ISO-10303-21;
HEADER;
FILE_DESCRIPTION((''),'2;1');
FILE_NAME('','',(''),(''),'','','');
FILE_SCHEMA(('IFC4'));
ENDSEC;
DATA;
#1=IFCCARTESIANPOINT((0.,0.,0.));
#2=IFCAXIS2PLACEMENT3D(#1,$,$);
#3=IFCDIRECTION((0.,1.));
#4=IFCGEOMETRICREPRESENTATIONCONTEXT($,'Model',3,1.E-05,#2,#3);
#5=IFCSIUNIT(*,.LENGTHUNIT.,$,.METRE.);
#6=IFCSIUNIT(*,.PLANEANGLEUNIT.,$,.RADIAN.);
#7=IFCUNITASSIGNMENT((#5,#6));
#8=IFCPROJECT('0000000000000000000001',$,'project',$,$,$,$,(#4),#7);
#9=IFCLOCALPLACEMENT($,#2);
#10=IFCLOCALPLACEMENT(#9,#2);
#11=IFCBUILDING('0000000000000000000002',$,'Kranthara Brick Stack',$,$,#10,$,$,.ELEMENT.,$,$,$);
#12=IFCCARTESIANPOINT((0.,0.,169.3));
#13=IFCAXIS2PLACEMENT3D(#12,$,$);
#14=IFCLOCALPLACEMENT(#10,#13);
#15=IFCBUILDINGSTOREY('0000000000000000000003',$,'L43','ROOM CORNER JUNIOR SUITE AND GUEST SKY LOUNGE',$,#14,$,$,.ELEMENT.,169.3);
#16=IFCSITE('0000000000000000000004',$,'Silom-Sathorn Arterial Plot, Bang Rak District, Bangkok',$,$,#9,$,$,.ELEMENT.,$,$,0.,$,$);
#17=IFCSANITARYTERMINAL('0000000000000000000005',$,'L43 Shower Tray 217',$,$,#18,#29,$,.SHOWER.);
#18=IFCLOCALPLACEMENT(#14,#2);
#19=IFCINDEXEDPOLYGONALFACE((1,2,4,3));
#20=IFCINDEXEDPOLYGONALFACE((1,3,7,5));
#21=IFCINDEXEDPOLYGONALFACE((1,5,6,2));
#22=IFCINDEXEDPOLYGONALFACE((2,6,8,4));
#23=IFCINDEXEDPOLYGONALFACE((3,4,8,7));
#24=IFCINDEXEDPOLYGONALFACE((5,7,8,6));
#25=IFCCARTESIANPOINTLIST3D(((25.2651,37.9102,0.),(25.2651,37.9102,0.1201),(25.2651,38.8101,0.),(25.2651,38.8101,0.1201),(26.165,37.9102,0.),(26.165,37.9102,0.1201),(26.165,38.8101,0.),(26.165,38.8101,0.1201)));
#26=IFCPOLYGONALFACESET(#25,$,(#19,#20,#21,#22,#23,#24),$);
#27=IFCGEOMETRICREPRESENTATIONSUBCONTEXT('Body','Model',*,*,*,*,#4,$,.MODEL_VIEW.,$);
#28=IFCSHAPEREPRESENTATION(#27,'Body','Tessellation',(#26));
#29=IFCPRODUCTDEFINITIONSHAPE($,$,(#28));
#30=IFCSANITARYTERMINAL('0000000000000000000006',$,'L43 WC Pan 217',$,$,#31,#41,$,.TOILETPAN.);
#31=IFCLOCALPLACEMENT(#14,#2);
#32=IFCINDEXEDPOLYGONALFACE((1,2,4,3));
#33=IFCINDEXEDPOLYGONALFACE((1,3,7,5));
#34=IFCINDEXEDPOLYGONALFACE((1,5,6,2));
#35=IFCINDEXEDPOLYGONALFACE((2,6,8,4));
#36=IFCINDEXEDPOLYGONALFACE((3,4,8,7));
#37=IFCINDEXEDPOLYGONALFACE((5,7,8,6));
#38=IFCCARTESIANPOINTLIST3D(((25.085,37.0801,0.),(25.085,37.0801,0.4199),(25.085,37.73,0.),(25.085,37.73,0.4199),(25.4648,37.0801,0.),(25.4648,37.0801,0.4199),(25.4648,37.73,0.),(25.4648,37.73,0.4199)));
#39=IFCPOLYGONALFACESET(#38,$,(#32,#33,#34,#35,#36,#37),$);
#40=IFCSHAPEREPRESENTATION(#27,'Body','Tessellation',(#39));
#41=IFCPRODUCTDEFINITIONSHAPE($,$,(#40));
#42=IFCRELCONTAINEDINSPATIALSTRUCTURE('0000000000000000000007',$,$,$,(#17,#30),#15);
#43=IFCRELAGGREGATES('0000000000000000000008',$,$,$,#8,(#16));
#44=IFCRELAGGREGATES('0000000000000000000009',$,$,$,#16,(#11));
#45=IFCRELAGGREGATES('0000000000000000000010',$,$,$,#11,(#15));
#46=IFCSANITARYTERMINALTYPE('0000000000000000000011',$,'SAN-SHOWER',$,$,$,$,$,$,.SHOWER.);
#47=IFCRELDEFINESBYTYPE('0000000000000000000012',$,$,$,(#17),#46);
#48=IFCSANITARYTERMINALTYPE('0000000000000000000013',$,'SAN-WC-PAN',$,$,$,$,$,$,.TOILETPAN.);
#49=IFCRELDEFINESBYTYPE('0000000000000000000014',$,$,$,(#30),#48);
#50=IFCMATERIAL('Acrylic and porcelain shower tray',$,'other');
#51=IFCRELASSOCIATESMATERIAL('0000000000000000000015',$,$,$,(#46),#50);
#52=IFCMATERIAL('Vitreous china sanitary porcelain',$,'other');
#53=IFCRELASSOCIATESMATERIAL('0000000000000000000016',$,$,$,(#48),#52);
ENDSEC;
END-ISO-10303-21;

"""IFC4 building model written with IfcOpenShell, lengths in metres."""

from ifc_helpers import new_model, si_unit, direction, frame, origin, origin_2d, place, context, subcontext, project, spatial, rectangle, extrude, material, type_object, element, save


model = new_model("IFC4")

# Units and contexts
model_context = context("Model", 3, precision=1e-05, world=origin(), true_north=direction((0.0, 1.0)))
body_context = subcontext(model_context, "Body", "Model", "MODEL_VIEW")
ifc_project = project(units=[si_unit("LENGTHUNIT", "METRE"), si_unit("PLANEANGLEUNIT", "RADIAN")], contexts=[model_context])

# Site, building, storey
site_placement = place(None, origin())
site = spatial("IfcSite", under=ifc_project, at=site_placement, Name="Silom-Sathorn Arterial Plot, Bang Rak District, Bangkok", CompositionType="ELEMENT", RefElevation=0.0)
building_placement = place(site_placement, origin())
building = spatial("IfcBuilding", under=site, at=building_placement, Name="Kranthara Brick Stack", CompositionType="ELEMENT")
storey_placement = place(building_placement, frame((0.0, 0.0, 169.3)))
storey = spatial("IfcBuildingStorey", under=building, at=storey_placement, Name="L43", Description="ROOM CORNER JUNIOR SUITE AND GUEST SKY LOUNGE", CompositionType="ELEMENT", Elevation=169.3)

# Sanitary terminals
ifc_material_1 = material(Name="Acrylic and porcelain shower tray", Category="other")
sanitary_terminal_type_1 = type_object("IfcSanitaryTerminalType", Name="SAN-SHOWER", PredefinedType="SHOWER", material=ifc_material_1)
sanitary_terminal_1_placement = place(storey_placement, frame((25.7151, 38.3601, 0.0), z_axis=(0.0, 0.0, 1.0), x_axis=(1.0, 0.0, 0.0)))
element("IfcSanitaryTerminal", 1, at=sanitary_terminal_1_placement, inside=storey, type_object=sanitary_terminal_type_1, Name="L43 Shower Tray 217", PredefinedType="SHOWER", context=body_context, shape_type="SweptSolid", body=[
    extrude(rectangle(XDim=0.8999, YDim=0.8999, at=origin_2d()), origin(), (0.0, 0.0, 1.0), 0.1201),
])
ifc_material_2 = material(Name="Vitreous china sanitary porcelain", Category="other")
sanitary_terminal_type_2 = type_object("IfcSanitaryTerminalType", Name="SAN-WC-PAN", PredefinedType="TOILETPAN", material=ifc_material_2)
sanitary_terminal_2_placement = place(storey_placement, frame((25.2749, 37.405, 0.0), z_axis=(0.0, 0.0, 1.0), x_axis=(1.0, 0.0, 0.0)))
element("IfcSanitaryTerminal", 2, at=sanitary_terminal_2_placement, inside=storey, type_object=sanitary_terminal_type_2, Name="L43 WC Pan 217", PredefinedType="TOILETPAN", context=body_context, shape_type="SweptSolid", body=[
    extrude(rectangle(XDim=0.3799, YDim=0.6499, at=origin_2d()), origin(), (0.0, 0.0, 1.0), 0.4199),
])

save(model, "model.ifc")
